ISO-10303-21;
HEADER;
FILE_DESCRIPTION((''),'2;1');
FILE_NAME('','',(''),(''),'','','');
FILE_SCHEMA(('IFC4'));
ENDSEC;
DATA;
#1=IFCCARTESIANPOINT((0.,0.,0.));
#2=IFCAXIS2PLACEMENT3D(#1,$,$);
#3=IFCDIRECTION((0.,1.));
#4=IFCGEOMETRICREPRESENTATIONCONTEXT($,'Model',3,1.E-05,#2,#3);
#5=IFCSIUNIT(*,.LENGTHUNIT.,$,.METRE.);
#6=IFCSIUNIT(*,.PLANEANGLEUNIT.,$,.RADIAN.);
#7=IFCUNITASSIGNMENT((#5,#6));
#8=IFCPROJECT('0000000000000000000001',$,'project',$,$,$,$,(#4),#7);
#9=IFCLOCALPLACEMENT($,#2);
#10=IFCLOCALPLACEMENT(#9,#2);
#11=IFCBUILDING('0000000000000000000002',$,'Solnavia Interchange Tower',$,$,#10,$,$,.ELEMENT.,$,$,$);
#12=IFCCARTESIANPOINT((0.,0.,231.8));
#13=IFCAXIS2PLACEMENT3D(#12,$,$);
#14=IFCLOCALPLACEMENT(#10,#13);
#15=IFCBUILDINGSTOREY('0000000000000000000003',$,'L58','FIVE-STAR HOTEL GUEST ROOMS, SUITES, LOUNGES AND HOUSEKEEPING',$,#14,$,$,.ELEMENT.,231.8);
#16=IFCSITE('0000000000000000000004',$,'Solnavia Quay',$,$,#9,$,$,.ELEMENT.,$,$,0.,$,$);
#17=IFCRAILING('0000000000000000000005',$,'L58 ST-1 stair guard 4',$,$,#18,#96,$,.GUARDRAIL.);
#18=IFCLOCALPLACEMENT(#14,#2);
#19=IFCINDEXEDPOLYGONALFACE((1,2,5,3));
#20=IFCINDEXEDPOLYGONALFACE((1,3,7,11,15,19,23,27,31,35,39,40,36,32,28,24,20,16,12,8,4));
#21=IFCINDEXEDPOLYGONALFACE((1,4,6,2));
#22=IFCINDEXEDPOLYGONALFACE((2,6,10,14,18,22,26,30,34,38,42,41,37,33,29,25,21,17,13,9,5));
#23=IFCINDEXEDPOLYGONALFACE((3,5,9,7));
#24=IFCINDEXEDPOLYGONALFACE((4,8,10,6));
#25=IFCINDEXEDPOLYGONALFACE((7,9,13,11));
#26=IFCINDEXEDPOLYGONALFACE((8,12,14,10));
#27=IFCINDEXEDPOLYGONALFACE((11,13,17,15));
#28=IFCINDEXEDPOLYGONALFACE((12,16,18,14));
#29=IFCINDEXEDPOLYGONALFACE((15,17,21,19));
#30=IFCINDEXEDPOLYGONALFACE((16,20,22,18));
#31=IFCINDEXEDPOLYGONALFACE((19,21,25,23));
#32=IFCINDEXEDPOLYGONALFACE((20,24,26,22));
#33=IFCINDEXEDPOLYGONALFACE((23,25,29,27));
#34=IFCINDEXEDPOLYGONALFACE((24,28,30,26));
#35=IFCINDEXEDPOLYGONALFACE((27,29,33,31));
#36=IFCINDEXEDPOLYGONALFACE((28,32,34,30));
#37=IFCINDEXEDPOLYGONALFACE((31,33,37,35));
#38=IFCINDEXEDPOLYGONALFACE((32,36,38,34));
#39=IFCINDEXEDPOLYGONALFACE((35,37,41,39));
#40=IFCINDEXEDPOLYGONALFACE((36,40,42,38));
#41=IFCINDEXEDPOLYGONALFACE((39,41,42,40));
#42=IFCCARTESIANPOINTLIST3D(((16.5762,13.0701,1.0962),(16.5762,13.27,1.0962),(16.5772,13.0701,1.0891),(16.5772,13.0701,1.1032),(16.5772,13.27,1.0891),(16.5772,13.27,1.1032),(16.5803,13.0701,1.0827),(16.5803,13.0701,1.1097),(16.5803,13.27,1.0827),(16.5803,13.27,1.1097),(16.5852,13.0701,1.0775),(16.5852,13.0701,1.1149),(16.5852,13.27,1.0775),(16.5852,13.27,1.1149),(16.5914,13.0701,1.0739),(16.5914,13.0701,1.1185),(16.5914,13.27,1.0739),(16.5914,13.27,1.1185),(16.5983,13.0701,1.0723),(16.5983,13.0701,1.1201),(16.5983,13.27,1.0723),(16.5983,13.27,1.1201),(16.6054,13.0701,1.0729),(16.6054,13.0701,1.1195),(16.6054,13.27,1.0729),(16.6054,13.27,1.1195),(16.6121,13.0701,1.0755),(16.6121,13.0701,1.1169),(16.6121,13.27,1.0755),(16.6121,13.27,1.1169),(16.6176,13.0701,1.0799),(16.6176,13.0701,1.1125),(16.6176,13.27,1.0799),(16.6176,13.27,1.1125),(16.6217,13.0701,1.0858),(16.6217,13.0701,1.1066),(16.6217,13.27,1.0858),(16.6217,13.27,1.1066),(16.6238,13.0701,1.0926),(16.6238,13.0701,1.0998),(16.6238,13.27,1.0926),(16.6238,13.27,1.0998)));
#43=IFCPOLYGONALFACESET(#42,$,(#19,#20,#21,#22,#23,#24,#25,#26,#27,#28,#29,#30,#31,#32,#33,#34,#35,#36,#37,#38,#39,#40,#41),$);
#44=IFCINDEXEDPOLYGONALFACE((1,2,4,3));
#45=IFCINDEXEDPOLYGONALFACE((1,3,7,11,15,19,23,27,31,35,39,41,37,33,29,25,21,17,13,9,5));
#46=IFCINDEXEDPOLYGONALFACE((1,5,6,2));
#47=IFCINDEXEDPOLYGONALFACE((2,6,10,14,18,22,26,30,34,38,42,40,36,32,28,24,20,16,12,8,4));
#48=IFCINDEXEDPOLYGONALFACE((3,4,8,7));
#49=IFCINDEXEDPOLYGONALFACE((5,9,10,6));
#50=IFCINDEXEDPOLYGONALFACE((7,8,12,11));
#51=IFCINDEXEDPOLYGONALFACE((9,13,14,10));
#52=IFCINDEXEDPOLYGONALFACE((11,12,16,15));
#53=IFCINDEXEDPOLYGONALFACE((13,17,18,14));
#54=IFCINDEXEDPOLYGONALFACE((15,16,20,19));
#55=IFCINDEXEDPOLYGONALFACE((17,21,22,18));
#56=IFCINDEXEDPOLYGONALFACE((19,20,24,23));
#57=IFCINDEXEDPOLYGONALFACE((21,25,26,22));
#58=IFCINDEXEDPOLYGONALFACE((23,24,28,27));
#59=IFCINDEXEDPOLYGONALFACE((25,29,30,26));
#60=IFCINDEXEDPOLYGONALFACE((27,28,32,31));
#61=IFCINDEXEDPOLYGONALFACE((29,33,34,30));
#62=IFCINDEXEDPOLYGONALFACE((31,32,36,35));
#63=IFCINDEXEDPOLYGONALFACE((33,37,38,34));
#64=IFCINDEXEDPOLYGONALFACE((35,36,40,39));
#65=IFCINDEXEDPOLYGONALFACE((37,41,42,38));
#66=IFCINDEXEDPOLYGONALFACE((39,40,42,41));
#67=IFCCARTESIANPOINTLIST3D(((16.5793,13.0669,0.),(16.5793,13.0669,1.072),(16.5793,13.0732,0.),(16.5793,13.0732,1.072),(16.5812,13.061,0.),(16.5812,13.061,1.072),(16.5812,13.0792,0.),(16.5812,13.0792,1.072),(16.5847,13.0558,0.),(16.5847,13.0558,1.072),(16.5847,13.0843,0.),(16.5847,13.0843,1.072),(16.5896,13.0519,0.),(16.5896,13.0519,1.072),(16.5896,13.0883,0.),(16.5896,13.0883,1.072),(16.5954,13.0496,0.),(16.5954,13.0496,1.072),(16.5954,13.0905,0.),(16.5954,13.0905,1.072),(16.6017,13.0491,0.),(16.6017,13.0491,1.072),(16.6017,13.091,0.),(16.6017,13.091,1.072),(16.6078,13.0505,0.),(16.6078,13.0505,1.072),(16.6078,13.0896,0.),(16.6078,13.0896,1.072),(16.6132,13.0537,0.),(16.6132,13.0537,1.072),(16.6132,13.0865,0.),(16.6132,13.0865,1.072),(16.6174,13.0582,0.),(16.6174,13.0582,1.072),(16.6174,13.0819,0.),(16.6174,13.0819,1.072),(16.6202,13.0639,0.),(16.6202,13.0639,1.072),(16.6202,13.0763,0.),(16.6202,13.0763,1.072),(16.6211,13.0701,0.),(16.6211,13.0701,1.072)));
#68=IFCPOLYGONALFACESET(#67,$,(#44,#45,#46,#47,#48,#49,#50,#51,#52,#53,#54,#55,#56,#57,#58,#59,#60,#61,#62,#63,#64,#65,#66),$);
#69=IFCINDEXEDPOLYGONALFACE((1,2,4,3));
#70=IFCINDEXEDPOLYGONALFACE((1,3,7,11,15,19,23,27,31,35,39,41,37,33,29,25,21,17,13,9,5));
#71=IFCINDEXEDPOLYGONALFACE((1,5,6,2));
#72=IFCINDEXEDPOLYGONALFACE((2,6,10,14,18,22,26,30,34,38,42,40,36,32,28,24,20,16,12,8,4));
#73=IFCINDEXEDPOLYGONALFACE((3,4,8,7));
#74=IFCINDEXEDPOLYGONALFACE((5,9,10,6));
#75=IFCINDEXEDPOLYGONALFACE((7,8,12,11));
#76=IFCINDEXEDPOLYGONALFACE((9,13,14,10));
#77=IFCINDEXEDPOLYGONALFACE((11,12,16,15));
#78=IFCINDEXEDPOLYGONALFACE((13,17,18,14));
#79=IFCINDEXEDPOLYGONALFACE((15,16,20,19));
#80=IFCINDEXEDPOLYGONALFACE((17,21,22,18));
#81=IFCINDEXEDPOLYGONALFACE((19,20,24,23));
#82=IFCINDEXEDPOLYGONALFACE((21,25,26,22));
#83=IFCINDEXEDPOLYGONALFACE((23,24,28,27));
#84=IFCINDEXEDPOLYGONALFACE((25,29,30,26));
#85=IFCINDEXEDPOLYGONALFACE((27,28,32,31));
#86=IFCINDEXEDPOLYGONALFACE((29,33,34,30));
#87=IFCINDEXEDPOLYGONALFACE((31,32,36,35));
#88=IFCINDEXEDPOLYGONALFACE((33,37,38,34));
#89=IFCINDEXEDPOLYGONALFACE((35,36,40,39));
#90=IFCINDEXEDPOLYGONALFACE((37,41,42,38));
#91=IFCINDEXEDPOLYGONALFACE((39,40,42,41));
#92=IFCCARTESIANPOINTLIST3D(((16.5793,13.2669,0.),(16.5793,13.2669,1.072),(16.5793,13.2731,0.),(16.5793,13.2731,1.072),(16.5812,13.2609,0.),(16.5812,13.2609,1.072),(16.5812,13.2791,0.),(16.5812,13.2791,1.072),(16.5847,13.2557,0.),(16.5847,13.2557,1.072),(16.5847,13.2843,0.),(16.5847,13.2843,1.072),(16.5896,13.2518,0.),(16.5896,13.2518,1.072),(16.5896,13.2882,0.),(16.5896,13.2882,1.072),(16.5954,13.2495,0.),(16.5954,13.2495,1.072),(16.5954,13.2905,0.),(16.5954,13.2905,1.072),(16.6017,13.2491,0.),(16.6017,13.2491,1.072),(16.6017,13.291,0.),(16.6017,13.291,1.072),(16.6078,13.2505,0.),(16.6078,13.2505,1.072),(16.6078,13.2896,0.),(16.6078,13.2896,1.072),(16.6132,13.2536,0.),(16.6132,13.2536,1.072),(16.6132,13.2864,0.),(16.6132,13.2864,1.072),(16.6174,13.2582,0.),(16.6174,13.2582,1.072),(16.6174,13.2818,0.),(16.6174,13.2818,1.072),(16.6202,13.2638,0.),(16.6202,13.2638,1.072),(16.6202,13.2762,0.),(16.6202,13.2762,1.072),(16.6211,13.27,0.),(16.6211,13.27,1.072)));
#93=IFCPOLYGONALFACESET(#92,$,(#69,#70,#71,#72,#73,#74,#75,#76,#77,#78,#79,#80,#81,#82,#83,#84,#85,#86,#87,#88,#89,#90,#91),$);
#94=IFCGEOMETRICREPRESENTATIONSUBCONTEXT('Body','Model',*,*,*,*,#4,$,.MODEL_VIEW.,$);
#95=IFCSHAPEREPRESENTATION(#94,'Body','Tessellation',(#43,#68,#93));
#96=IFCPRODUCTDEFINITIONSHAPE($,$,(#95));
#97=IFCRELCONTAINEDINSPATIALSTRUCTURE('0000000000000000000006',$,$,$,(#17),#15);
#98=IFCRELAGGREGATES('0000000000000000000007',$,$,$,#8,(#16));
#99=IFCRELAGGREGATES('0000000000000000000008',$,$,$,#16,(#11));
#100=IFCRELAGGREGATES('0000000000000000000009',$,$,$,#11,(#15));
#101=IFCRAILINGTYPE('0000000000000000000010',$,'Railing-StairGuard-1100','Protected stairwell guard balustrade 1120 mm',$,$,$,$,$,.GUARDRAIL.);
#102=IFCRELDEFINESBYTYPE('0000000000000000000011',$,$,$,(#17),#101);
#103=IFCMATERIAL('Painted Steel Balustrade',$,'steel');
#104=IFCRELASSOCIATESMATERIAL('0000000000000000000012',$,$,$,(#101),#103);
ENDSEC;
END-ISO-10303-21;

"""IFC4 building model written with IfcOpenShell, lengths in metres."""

from ifc_helpers import new_model, si_unit, direction, frame, origin, origin_2d, place, context, subcontext, project, spatial, circle, extrude, material, type_object, element, save


model = new_model("IFC4")

# Units and contexts
model_context = context("Model", 3, precision=1e-05, world=origin(), true_north=direction((0.0, 1.0)))
body_context = subcontext(model_context, "Body", "Model", "MODEL_VIEW")
ifc_project = project(units=[si_unit("LENGTHUNIT", "METRE"), si_unit("PLANEANGLEUNIT", "RADIAN")], contexts=[model_context])

# Site, building, storey
site_placement = place(None, origin())
site = spatial("IfcSite", under=ifc_project, at=site_placement, Name="Solnavia Quay", CompositionType="ELEMENT", RefElevation=0.0)
building_placement = place(site_placement, origin())
building = spatial("IfcBuilding", under=site, at=building_placement, Name="Solnavia Interchange Tower", CompositionType="ELEMENT")
storey_placement = place(building_placement, frame((0.0, 0.0, 231.8)))
storey = spatial("IfcBuildingStorey", under=building, at=storey_placement, Name="L58", Description="FIVE-STAR HOTEL GUEST ROOMS, SUITES, LOUNGES AND HOUSEKEEPING", CompositionType="ELEMENT", Elevation=231.8)

# Railing
ifc_material_1 = material(Name="Painted Steel Balustrade", Category="steel")
railing_type_1 = type_object("IfcRailingType", Name="Railing-StairGuard-1100", Description="Protected stairwell guard balustrade 1120 mm", PredefinedType="GUARDRAIL", material=ifc_material_1)
railing_1_placement = place(storey_placement, frame((16.6001, 13.0701, 0.0)))
element("IfcRailing", 1, at=railing_1_placement, inside=storey, type_object=railing_type_1, Name="L58 ST-1 stair guard 4", PredefinedType="GUARDRAIL", context=body_context, shape_type="SweptSolid", body=[
    extrude(circle(Radius=0.0239, at=origin_2d()), frame((0.0, 0.0, 1.0962), z_axis=(0.0, 1.0, 0.0), x_axis=(-1.0, 0.0, 0.0)), (0.0, 0.0, 1.0), 0.2),
    extrude(circle(Radius=0.021, at=origin_2d()), origin(), (0.0, 0.0, 1.0), 1.072),
    extrude(circle(Radius=0.021, at=origin_2d()), frame((0.0, 0.2, 0.0)), (0.0, 0.0, 1.0), 1.072),
])

save(model, "model.ifc")
